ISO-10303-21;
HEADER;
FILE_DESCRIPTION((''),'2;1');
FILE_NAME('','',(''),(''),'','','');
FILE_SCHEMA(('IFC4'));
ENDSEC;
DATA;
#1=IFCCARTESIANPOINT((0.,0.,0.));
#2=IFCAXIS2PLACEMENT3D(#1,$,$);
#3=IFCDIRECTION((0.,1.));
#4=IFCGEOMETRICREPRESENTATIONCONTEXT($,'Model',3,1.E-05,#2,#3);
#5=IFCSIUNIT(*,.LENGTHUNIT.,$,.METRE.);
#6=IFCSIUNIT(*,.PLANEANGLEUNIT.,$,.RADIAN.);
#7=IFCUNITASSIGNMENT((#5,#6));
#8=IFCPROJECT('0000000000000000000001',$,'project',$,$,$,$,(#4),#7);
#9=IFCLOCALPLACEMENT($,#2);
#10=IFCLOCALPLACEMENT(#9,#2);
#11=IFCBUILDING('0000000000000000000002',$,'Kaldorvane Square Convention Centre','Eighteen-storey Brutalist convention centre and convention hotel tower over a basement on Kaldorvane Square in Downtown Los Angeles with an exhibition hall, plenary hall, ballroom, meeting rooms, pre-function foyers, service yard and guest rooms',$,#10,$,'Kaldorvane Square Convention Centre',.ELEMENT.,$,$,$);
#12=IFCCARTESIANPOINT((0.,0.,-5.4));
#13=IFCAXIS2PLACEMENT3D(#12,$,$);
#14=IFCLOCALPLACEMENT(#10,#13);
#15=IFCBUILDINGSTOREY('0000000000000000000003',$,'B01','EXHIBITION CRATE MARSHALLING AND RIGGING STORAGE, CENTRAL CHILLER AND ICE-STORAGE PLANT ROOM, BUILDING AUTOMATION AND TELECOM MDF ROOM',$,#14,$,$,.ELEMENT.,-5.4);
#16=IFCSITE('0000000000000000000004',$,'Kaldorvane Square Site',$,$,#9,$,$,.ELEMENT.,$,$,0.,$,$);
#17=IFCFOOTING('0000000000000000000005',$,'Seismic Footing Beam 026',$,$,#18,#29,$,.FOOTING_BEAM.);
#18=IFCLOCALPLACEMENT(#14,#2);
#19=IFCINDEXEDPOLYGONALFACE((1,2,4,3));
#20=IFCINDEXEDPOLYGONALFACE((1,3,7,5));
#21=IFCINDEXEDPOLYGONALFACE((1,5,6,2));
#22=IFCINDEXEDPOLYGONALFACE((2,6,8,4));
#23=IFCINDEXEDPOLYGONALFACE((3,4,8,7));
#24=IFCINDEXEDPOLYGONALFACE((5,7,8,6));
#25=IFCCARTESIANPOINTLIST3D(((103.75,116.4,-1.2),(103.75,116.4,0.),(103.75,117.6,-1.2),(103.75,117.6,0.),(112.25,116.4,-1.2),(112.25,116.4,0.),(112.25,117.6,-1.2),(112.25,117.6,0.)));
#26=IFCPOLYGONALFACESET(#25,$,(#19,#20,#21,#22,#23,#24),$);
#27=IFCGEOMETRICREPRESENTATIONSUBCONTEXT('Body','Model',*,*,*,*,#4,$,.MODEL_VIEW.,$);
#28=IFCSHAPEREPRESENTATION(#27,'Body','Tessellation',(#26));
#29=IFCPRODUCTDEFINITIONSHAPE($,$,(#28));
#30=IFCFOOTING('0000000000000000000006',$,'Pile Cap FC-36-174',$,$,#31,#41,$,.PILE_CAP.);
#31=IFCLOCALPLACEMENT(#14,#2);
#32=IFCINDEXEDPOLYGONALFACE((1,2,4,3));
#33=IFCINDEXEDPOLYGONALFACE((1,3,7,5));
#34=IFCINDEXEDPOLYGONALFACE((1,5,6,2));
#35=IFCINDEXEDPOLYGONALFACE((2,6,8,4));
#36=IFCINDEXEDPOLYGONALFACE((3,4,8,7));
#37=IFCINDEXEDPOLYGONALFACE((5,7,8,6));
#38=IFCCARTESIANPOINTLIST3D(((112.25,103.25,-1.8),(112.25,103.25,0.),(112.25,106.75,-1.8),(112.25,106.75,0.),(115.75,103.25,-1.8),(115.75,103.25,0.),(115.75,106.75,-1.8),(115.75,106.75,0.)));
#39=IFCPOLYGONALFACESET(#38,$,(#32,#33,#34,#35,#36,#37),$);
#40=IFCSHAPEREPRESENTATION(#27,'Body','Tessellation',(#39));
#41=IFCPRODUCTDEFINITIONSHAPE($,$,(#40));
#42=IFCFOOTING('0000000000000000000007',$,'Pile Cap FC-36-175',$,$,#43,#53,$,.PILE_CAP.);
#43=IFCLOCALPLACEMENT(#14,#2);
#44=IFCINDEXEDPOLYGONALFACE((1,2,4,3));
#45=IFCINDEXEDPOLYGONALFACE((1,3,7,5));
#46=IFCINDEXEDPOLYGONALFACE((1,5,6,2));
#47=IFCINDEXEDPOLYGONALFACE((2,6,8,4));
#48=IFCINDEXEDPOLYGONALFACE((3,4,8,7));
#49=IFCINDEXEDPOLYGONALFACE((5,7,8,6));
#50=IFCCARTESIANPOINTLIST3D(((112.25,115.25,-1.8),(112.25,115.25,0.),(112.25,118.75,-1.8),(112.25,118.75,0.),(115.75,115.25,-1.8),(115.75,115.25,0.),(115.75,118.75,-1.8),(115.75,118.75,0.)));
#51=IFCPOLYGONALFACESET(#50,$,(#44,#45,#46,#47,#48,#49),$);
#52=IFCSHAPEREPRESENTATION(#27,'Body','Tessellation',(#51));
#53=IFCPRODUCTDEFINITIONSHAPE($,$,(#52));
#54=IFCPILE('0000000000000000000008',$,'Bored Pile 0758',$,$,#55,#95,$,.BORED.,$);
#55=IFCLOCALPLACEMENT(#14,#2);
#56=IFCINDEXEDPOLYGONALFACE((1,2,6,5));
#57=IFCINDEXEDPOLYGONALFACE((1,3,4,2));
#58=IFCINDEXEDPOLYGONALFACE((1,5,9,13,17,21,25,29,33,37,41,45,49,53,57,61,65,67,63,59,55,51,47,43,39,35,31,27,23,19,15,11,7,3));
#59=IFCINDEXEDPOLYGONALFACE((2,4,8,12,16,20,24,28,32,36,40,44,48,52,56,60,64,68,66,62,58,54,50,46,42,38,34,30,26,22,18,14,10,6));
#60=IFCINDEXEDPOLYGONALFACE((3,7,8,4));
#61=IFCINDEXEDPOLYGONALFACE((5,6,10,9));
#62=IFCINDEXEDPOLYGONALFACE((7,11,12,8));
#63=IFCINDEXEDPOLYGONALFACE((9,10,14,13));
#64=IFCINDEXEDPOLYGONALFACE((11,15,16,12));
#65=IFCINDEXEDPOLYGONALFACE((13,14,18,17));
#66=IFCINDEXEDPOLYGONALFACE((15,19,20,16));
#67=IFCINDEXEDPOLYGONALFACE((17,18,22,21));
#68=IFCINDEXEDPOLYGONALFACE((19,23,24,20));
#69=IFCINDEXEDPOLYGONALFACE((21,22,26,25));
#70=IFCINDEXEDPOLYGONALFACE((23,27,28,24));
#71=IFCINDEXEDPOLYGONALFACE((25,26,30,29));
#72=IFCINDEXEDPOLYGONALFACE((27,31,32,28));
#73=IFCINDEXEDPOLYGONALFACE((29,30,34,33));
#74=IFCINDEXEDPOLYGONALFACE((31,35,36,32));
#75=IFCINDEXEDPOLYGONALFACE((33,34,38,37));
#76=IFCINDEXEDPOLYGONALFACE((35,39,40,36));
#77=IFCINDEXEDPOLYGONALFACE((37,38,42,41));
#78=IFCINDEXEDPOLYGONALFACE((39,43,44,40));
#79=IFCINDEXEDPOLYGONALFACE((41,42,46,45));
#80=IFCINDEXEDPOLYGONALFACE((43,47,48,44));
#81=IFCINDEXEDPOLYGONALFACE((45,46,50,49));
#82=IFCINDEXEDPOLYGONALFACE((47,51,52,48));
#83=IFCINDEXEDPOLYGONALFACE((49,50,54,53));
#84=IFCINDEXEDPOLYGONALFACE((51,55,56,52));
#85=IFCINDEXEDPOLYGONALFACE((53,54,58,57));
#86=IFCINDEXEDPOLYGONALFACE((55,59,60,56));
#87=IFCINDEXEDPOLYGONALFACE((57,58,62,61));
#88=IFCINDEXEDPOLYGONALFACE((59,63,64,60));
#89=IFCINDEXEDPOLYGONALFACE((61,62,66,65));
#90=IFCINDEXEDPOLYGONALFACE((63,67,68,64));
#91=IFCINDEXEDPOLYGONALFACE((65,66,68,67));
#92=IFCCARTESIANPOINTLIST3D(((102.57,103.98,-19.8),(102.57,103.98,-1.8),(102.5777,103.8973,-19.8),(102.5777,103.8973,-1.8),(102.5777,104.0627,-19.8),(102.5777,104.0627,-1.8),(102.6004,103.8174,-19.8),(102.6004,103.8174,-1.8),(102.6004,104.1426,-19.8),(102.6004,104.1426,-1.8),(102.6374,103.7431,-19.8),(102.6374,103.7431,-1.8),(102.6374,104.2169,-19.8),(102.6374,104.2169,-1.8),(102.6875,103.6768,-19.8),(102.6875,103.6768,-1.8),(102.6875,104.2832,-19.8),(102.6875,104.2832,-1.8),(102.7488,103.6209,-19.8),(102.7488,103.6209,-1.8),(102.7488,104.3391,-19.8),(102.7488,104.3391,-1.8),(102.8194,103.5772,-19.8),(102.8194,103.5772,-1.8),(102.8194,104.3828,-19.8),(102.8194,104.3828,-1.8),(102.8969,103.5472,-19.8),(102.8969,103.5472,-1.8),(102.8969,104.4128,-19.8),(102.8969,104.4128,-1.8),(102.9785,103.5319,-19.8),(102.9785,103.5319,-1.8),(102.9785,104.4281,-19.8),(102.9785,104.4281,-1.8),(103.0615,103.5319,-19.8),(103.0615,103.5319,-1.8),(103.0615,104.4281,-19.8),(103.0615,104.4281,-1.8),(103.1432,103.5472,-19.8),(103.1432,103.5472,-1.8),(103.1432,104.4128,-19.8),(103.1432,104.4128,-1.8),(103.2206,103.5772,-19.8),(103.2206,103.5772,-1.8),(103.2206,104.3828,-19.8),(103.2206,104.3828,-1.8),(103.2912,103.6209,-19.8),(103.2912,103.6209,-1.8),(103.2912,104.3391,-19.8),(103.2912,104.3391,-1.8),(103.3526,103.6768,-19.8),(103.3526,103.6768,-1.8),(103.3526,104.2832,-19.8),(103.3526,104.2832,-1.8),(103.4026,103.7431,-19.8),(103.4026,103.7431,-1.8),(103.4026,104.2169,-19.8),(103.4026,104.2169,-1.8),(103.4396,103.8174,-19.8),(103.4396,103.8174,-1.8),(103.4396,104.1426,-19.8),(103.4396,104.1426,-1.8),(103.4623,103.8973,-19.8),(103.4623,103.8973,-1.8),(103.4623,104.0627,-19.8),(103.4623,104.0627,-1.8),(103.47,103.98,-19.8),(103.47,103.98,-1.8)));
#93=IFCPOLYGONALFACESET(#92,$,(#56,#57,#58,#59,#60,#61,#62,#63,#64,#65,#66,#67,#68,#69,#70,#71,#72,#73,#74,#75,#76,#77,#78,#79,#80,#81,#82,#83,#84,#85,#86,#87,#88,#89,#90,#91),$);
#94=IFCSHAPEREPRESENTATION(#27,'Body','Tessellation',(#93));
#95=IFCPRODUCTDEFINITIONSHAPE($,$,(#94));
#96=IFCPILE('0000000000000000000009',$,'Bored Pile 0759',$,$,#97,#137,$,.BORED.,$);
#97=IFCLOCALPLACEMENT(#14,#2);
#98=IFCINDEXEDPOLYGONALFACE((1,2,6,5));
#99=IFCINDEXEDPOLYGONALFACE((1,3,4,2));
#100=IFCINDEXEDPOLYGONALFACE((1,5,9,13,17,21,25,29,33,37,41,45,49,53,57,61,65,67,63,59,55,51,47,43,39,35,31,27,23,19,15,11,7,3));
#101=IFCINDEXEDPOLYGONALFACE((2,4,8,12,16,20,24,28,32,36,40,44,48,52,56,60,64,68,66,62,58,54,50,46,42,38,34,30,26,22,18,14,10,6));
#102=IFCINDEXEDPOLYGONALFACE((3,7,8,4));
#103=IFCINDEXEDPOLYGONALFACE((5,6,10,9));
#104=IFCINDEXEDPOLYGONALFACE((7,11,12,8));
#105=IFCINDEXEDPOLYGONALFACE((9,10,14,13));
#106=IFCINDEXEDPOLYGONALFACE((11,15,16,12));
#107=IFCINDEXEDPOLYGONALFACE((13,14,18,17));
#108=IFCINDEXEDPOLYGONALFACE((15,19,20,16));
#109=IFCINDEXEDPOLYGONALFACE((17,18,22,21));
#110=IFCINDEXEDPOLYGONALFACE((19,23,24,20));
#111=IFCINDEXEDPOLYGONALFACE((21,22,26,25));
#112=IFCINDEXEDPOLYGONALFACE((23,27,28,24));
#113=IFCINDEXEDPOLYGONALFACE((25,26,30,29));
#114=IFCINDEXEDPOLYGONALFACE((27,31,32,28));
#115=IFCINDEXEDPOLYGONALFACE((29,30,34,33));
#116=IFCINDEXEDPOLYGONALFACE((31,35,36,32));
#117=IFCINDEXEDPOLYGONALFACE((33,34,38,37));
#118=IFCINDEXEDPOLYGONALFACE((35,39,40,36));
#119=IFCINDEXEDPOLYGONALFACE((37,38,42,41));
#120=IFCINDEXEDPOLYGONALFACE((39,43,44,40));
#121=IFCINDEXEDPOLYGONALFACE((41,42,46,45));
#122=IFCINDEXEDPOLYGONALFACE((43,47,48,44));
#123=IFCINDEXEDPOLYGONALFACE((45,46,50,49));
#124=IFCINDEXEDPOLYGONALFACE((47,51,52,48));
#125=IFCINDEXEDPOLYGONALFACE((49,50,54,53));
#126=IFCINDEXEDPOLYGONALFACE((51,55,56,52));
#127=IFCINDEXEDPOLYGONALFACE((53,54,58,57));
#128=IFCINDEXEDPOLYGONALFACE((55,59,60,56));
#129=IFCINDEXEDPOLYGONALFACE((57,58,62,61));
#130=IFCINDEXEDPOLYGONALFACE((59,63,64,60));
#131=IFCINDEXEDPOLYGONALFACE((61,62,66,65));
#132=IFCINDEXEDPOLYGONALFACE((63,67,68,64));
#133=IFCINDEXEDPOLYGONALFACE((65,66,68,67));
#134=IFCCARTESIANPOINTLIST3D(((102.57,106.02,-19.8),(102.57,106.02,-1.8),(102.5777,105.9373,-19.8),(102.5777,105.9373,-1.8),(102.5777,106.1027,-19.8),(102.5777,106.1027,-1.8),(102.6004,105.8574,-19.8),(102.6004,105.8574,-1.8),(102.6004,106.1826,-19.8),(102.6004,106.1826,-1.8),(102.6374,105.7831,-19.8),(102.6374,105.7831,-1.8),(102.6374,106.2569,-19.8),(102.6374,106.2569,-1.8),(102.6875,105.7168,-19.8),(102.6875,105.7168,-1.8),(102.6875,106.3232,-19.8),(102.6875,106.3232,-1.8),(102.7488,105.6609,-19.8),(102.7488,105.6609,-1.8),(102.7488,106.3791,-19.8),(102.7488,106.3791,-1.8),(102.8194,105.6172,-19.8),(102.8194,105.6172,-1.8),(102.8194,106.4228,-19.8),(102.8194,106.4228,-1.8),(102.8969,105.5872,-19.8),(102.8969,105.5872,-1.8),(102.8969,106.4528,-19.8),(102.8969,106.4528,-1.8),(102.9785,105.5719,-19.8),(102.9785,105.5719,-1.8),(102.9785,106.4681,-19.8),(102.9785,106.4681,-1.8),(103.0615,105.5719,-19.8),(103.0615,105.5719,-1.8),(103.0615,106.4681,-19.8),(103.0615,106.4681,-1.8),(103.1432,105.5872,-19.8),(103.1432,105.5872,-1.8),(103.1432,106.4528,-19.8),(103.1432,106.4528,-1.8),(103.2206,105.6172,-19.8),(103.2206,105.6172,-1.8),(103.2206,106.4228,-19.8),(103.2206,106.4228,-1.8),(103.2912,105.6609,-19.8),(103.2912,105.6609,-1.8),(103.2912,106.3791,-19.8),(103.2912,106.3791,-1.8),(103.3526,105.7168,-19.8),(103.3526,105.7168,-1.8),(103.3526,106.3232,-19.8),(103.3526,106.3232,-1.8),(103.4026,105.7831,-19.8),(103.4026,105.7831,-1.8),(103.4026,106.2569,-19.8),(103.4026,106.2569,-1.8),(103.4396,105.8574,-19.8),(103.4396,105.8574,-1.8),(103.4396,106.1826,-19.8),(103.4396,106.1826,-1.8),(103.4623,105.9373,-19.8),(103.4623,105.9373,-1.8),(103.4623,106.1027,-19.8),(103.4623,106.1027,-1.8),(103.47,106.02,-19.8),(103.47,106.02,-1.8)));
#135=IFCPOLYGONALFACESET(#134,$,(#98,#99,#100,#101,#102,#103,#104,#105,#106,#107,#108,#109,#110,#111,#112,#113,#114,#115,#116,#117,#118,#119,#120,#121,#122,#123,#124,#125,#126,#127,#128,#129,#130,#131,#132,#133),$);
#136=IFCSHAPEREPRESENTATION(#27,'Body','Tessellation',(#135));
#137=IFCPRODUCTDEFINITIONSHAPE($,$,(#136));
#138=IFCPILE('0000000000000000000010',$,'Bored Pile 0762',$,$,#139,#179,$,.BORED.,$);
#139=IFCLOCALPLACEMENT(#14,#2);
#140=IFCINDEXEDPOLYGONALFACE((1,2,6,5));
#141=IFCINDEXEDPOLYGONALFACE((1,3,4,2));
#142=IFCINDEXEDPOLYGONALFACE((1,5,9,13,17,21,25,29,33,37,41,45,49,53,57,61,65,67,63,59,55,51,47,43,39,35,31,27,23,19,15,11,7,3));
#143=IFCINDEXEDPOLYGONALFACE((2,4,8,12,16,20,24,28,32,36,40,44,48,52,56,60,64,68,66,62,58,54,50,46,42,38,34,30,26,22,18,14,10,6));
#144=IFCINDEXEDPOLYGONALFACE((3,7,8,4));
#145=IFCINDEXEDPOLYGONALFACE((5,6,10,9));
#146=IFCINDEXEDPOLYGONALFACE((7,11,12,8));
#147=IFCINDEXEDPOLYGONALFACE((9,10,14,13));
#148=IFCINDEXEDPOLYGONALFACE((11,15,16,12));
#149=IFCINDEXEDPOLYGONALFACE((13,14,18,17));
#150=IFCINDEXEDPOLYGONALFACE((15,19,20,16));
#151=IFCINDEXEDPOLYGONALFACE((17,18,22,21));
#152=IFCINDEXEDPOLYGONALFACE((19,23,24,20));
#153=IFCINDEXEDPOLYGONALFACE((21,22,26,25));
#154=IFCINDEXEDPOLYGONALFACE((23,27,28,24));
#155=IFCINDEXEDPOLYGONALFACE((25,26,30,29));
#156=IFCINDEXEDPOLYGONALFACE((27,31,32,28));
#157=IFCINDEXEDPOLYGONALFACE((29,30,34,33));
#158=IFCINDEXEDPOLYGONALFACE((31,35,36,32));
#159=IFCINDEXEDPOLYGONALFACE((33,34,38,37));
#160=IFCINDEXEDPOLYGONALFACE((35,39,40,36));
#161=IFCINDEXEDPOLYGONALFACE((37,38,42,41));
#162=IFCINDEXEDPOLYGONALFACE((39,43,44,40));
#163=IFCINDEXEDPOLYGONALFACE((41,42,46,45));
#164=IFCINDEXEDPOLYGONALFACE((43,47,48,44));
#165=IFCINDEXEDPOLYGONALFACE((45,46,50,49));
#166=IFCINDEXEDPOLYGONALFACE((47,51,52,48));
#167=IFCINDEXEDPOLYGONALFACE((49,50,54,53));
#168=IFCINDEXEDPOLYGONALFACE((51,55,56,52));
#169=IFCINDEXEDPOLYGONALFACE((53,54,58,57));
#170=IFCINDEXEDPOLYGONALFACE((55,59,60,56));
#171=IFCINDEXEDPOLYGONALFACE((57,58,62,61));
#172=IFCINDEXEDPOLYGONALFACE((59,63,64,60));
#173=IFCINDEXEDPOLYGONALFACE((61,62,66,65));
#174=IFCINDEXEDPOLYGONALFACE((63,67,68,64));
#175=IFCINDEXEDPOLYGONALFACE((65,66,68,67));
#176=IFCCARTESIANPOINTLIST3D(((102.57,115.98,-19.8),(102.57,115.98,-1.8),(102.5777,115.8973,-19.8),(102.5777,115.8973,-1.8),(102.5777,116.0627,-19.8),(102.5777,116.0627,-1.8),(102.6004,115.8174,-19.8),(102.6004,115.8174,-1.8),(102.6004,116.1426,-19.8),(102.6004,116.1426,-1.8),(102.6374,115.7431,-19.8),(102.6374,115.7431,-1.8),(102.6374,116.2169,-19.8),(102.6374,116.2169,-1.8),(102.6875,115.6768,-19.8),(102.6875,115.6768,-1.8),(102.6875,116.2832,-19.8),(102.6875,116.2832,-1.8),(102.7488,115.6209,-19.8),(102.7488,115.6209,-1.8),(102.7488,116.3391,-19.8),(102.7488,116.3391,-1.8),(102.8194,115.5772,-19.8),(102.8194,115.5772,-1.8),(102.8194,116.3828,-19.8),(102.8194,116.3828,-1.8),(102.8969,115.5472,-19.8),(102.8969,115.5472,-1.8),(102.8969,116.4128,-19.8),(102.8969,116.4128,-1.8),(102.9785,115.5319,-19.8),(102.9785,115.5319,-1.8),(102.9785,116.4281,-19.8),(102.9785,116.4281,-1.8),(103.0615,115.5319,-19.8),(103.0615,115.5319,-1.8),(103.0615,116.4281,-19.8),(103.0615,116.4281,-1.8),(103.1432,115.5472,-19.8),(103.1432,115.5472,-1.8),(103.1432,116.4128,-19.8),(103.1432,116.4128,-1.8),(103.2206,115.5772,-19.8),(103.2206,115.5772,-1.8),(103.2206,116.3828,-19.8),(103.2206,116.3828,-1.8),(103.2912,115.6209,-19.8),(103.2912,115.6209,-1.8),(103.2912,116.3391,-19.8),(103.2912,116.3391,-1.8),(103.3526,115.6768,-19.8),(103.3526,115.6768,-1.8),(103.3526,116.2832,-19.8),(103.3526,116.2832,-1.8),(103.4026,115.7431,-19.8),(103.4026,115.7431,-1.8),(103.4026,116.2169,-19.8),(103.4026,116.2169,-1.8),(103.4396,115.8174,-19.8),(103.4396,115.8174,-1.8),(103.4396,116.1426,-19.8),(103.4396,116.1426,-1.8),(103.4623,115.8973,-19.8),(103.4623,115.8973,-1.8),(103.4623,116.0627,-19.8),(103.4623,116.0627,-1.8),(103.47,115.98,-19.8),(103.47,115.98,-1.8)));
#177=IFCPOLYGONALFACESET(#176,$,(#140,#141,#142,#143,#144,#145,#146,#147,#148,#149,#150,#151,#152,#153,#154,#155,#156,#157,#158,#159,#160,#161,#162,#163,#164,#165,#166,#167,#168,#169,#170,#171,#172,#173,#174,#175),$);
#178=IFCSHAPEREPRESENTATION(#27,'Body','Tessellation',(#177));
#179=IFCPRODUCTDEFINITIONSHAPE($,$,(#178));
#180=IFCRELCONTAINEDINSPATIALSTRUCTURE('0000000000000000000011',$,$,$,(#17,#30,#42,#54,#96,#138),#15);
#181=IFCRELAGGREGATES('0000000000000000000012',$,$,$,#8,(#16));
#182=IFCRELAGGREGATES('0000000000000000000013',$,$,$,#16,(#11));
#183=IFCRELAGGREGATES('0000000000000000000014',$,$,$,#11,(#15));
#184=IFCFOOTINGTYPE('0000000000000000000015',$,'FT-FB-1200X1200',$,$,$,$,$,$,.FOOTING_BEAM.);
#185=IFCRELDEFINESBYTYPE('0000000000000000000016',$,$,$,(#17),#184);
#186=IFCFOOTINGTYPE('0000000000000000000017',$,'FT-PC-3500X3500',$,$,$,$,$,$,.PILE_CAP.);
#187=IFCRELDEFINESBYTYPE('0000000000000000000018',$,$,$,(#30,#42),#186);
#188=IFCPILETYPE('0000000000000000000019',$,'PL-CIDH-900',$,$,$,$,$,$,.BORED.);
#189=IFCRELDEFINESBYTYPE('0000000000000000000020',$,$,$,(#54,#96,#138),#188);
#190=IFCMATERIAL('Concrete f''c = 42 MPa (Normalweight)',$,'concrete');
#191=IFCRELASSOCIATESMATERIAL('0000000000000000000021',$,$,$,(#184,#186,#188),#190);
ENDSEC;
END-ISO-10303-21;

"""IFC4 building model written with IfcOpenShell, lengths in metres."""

from ifc_helpers import new_model, si_unit, direction, frame, origin, origin_2d, place, context, subcontext, project, spatial, rectangle, circle, extrude, material, material_profile, profile_set, type_object, element, save


model = new_model("IFC4")

# Units and contexts
model_context = context("Model", 3, precision=1e-05, world=origin(), true_north=direction((0.0, 1.0)))
body_context = subcontext(model_context, "Body", "Model", "MODEL_VIEW")
ifc_project = project(units=[si_unit("LENGTHUNIT", "METRE"), si_unit("PLANEANGLEUNIT", "RADIAN")], contexts=[model_context])

# Site, building, storey
site_placement = place(None, origin())
site = spatial("IfcSite", under=ifc_project, at=site_placement, Name="Kaldorvane Square Site", CompositionType="ELEMENT", RefElevation=0.0)
building_placement = place(site_placement, origin())
building = spatial("IfcBuilding", under=site, at=building_placement, Name="Kaldorvane Square Convention Centre", Description="Eighteen-storey Brutalist convention centre and convention hotel tower over a basement on Kaldorvane Square in Downtown Los Angeles with an exhibition hall, plenary hall, ballroom, meeting rooms, pre-function foyers, service yard and guest rooms", LongName="Kaldorvane Square Convention Centre", CompositionType="ELEMENT")
storey_placement = place(building_placement, frame((0.0, 0.0, -5.4)))
storey = spatial("IfcBuildingStorey", under=building, at=storey_placement, Name="B01", Description="EXHIBITION CRATE MARSHALLING AND RIGGING STORAGE, CENTRAL CHILLER AND ICE-STORAGE PLANT ROOM, BUILDING AUTOMATION AND TELECOM MDF ROOM", CompositionType="ELEMENT", Elevation=-5.4)

# Footings
ifc_material_1 = material(Name="Concrete f'c = 42 MPa (Normalweight)", Category="concrete")
footing_type_1 = type_object("IfcFootingType", Name="FT-FB-1200X1200", PredefinedType="FOOTING_BEAM", material=ifc_material_1)
footing_placement = place(storey_placement, frame((108.0, 117.0, -1.2), z_axis=(0.0, 0.0, 1.0), x_axis=(1.0, 0.0, 0.0)))
element("IfcFooting", 1, at=footing_placement, inside=storey, type_object=footing_type_1, Name="Seismic Footing Beam 026", PredefinedType="FOOTING_BEAM", context=body_context, shape_type="SweptSolid", body=[
    extrude(rectangle(XDim=8.5, YDim=1.2, at=origin_2d()), origin(), (0.0, 0.0, 1.0), 1.2),
])
footing_type_2 = type_object("IfcFootingType", Name="FT-PC-3500X3500", PredefinedType="PILE_CAP", material=ifc_material_1)
for number, where, z_axis, x_axis, name in (
    (2, (114.0, 105.0, -1.8), (0.0, 0.0, 1.0), (1.0, 0.0, 0.0), "Pile Cap FC-36-174"),
    (3, (114.0, 117.0, -1.8), (0.0, 0.0, 1.0), (1.0, 0.0, 0.0), "Pile Cap FC-36-175"),
):
    element("IfcFooting", number, at=place(storey_placement, frame(where, z_axis=z_axis, x_axis=x_axis)), inside=storey, type_object=footing_type_2, Name=name, PredefinedType="PILE_CAP", context=body_context, shape_type="SweptSolid", body=[
        extrude(rectangle(XDim=3.5, YDim=3.5, at=origin_2d()), origin(), (0.0, 0.0, 1.0), 1.8),
    ])

# Piles
ifc_material_profile_1 = material_profile(ifc_material_1, circle(Radius=0.45, at=origin_2d()), Name="PILE-D900")
ifc_profile_set_1 = profile_set([ifc_material_profile_1], Name="Concrete f'c = 42 MPa (Normalweight)")
pile_type = type_object("IfcPileType", Name="PL-CIDH-900", PredefinedType="BORED", material=ifc_profile_set_1)
for number, where, z_axis, x_axis, name in (
    (4, (103.02, 103.98, -1.8), (0.0, 0.0, -1.0), (1.0, 0.0, 0.0), "Bored Pile 0758"),
    (5, (103.02, 106.02, -1.8), (0.0, 0.0, -1.0), (1.0, 0.0, 0.0), "Bored Pile 0759"),
    (6, (103.02, 115.98, -1.8), (0.0, 0.0, -1.0), (1.0, 0.0, 0.0), "Bored Pile 0762"),
):
    element("IfcPile", number, at=place(storey_placement, frame(where, z_axis=z_axis, x_axis=x_axis)), inside=storey, type_object=pile_type, Name=name, PredefinedType="BORED", context=body_context, shape_type="SweptSolid", body=[
        extrude(circle(Radius=0.45, at=origin_2d()), origin(), (0.0, 0.0, 1.0), 18.0),
    ])

save(model, "model.ifc")
